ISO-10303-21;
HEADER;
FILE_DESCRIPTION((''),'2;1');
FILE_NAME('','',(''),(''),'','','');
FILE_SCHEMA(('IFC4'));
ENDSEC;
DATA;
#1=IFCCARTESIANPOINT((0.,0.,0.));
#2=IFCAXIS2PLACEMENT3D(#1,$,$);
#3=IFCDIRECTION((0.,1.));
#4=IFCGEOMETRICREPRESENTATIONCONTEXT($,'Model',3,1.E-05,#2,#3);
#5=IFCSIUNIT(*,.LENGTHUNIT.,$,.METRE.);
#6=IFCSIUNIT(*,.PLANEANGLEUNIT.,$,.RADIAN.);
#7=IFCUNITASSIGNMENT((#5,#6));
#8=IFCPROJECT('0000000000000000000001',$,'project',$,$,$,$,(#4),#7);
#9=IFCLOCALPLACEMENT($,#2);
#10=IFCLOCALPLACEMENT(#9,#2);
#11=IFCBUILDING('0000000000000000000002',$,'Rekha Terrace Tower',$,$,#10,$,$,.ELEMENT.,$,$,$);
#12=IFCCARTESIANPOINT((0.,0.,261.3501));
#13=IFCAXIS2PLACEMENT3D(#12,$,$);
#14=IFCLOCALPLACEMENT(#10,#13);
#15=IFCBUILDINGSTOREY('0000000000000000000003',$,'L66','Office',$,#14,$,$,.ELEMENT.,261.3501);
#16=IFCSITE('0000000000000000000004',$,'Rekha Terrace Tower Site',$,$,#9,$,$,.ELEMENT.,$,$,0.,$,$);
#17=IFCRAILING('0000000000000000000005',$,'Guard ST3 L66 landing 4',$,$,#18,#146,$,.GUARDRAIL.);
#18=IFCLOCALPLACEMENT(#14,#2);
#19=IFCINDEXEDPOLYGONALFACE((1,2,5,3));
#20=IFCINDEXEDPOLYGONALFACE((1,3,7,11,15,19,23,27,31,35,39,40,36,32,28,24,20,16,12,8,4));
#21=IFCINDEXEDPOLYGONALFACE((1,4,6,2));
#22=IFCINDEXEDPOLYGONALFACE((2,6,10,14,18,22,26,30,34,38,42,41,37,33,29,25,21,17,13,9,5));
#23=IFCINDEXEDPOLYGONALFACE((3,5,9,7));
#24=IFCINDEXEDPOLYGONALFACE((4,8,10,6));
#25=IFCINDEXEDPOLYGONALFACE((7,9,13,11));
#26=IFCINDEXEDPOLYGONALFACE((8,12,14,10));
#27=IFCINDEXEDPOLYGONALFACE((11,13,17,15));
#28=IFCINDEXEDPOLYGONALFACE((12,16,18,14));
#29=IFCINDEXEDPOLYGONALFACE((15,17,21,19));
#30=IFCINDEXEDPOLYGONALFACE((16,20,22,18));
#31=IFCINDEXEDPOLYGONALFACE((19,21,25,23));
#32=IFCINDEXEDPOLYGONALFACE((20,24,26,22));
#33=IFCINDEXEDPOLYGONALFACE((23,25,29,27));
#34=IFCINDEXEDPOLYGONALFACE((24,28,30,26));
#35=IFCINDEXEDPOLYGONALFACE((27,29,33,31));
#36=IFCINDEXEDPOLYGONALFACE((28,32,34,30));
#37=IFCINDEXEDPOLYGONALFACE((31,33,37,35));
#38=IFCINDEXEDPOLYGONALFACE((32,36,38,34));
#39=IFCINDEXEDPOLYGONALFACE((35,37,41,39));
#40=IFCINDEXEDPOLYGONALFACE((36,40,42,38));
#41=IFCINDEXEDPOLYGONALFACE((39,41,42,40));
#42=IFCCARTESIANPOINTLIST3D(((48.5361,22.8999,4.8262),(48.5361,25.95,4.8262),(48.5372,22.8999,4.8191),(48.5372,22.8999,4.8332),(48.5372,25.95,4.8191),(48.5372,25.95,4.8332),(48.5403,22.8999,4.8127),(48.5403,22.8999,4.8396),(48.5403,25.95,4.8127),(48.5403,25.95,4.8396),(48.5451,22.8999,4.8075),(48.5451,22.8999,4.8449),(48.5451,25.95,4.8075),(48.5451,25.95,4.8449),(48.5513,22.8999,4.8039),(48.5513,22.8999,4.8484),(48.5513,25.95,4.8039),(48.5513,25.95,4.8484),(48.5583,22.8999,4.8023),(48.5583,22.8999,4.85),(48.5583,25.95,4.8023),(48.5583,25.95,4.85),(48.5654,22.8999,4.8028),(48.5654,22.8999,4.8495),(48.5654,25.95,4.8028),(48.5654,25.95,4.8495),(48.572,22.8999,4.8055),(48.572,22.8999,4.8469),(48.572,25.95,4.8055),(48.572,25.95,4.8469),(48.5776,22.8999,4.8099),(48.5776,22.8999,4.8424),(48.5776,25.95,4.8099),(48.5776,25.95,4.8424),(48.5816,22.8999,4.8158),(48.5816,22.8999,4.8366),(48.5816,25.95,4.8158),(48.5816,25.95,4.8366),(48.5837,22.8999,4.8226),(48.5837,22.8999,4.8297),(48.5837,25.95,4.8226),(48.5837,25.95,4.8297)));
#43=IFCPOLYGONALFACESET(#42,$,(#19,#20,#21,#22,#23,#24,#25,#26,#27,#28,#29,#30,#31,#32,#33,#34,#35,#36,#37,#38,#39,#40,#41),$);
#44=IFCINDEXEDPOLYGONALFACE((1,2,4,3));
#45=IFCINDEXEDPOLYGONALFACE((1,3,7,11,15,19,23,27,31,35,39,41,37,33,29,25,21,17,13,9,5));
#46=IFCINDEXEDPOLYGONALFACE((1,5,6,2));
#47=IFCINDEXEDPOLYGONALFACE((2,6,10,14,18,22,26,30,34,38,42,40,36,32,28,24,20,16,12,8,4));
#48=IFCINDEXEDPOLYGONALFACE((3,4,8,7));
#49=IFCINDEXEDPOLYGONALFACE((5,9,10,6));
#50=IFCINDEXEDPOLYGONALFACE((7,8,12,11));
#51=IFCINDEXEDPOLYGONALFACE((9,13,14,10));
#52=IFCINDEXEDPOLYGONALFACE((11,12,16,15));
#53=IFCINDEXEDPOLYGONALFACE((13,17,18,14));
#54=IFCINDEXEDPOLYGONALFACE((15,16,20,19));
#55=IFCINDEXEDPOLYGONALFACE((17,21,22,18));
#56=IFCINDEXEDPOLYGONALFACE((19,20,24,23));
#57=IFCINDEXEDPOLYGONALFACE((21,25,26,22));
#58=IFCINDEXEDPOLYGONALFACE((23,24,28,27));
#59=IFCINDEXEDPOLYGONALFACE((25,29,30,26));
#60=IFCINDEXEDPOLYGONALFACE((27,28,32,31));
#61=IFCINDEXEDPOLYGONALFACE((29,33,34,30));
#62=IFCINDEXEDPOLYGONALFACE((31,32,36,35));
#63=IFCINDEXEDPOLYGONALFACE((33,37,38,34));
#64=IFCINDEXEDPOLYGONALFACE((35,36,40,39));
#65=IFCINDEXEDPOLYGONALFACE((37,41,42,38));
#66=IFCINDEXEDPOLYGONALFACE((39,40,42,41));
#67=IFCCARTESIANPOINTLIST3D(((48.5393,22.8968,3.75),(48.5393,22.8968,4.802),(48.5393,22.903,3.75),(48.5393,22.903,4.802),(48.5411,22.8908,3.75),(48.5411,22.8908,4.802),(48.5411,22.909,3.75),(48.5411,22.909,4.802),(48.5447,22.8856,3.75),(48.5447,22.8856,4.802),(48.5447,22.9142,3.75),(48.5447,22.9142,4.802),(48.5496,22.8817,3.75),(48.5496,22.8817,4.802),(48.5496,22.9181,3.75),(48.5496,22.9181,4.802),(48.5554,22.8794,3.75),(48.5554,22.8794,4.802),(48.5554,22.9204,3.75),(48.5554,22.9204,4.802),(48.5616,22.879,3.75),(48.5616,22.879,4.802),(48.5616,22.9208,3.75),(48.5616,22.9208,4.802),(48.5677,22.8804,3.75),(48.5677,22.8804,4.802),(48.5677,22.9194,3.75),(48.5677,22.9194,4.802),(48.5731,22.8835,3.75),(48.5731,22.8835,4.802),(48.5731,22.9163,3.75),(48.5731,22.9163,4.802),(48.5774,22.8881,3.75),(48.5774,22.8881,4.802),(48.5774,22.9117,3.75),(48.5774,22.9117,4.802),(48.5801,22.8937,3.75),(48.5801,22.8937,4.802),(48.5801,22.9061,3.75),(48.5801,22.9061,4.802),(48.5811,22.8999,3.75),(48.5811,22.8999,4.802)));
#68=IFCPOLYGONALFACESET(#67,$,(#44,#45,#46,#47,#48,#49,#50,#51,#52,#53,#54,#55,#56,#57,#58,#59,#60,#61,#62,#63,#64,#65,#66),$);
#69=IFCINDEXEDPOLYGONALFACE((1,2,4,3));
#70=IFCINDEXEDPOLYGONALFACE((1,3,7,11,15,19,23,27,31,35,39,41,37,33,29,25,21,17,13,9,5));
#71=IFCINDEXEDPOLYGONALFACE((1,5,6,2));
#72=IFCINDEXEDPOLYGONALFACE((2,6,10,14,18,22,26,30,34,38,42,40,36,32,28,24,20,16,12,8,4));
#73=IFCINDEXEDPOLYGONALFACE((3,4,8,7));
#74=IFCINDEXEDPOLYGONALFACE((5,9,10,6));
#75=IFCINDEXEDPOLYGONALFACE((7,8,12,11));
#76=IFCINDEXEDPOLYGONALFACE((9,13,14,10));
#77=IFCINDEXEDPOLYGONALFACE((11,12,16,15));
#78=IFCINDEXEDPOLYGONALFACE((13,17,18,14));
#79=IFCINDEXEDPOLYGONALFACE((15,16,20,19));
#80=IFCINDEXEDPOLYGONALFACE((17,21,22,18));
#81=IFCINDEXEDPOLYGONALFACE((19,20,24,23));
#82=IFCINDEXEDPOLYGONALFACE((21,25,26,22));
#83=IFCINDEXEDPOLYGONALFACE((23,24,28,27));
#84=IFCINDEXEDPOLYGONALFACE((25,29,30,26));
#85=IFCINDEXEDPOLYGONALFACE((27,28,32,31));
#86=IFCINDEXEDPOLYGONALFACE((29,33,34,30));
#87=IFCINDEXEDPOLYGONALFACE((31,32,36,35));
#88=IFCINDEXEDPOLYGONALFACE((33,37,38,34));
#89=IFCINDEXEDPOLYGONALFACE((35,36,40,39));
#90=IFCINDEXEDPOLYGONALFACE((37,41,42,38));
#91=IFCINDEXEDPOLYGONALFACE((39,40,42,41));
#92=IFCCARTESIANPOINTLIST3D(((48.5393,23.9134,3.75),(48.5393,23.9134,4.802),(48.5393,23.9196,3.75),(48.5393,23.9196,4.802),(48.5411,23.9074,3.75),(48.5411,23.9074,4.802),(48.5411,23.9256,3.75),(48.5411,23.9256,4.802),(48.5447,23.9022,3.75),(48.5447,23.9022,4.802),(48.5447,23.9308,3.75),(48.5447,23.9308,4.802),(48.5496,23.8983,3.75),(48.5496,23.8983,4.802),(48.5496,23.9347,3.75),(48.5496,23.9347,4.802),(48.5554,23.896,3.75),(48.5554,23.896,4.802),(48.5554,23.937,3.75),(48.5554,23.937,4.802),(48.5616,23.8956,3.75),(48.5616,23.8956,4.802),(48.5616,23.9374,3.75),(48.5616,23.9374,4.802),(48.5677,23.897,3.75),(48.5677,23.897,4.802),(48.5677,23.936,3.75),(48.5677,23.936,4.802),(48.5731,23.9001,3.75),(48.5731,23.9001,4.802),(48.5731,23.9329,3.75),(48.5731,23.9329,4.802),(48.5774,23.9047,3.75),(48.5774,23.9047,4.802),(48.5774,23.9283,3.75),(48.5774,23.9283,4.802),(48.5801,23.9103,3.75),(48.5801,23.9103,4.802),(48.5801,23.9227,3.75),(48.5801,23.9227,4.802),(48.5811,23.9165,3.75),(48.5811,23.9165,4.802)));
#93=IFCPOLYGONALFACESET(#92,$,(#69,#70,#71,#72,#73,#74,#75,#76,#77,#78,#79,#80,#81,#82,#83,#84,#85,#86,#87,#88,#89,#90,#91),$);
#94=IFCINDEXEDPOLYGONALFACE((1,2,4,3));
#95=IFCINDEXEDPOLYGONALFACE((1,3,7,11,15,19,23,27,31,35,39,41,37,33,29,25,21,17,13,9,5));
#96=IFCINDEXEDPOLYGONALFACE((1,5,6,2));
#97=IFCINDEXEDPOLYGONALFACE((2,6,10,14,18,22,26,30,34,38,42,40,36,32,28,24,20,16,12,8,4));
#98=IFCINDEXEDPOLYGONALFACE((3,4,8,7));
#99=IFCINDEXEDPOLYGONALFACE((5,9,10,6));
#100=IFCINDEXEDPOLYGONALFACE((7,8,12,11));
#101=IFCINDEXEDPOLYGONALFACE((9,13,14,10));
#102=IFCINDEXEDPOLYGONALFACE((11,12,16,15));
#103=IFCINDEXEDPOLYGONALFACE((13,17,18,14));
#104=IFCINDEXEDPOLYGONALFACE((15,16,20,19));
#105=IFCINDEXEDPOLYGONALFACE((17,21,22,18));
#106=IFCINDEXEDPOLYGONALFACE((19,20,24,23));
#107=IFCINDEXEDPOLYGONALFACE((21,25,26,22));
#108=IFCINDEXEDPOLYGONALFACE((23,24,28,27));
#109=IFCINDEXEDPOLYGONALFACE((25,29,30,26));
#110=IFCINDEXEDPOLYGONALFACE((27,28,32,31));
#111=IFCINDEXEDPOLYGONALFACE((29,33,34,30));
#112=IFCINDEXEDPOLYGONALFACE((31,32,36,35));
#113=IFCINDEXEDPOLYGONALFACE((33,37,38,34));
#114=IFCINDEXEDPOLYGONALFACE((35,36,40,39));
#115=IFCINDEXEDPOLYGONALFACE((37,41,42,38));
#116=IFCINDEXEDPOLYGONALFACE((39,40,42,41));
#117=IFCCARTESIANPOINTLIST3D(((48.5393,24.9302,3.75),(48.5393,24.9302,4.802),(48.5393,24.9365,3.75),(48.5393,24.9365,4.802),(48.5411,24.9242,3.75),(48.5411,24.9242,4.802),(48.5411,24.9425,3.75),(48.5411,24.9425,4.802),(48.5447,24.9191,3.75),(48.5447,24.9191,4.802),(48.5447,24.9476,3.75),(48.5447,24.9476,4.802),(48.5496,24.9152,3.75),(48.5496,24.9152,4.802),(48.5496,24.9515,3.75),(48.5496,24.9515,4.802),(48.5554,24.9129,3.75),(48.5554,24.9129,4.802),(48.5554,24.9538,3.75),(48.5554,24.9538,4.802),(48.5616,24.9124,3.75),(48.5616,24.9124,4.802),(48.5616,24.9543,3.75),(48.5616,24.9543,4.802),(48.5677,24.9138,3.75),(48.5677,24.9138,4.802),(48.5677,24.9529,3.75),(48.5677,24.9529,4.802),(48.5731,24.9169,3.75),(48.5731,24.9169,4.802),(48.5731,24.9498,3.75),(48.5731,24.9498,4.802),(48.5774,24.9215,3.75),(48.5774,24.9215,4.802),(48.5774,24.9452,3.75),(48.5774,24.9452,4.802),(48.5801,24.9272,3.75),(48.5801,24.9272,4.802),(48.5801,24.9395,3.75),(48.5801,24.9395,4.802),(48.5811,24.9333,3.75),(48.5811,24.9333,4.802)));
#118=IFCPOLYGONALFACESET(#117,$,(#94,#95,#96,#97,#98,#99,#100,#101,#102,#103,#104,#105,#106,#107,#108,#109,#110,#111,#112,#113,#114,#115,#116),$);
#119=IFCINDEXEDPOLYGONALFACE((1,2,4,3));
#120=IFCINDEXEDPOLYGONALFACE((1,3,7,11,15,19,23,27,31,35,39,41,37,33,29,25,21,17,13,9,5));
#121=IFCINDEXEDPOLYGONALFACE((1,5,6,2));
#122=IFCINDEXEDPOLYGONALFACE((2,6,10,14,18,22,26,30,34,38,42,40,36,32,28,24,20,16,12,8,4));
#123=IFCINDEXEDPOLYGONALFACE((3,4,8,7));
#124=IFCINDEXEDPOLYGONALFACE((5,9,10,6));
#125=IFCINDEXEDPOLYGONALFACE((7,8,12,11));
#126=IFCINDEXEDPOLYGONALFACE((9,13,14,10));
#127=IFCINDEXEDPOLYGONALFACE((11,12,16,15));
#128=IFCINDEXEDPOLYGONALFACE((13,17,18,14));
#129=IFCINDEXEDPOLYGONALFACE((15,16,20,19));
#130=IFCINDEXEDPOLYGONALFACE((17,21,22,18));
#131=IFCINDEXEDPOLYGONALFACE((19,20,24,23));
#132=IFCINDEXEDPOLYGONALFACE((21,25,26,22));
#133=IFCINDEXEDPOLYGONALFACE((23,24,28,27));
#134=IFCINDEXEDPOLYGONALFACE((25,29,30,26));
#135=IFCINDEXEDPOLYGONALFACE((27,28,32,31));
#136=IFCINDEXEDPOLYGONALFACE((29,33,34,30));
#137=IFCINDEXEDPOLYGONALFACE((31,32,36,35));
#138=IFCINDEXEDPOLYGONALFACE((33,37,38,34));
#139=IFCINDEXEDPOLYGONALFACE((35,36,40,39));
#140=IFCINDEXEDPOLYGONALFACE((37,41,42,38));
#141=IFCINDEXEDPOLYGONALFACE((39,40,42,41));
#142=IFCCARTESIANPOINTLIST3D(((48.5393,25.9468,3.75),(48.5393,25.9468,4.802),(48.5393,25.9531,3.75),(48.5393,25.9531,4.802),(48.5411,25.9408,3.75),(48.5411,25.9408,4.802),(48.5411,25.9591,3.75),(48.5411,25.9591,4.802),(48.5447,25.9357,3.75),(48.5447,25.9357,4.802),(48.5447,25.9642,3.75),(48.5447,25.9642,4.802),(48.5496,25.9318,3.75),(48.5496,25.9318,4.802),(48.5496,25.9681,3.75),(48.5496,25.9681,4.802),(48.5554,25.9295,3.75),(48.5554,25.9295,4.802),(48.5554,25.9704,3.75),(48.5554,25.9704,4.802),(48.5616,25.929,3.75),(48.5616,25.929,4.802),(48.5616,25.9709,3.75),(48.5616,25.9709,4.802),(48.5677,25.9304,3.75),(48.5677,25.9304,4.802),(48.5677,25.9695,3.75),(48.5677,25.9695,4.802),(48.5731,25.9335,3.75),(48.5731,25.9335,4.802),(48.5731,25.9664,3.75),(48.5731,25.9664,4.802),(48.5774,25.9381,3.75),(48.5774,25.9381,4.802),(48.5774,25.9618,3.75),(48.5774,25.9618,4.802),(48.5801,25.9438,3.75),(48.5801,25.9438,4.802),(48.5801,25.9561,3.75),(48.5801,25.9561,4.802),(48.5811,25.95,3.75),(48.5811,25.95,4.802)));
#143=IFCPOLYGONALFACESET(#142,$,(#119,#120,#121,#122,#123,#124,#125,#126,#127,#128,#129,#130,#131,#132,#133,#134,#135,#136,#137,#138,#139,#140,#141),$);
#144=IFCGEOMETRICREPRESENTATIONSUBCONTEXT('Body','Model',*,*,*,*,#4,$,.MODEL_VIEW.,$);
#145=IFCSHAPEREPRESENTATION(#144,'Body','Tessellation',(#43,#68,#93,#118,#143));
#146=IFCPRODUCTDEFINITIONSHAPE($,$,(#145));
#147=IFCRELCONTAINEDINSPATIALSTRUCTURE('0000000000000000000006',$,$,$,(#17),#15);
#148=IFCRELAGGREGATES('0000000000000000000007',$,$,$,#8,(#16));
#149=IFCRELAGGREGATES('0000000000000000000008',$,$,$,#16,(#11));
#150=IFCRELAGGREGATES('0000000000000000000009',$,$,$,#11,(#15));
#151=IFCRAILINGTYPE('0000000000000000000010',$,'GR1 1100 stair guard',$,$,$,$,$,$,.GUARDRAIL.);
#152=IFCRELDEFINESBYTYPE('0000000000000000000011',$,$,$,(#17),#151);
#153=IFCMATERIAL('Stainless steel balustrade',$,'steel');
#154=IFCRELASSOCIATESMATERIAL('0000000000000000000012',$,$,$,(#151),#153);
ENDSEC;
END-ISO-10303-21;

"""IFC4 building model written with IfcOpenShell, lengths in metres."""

from ifc_helpers import new_model, si_unit, direction, frame, origin, origin_2d, place, context, subcontext, project, spatial, circle, extrude, material, type_object, element, save


model = new_model("IFC4")

# Units and contexts
model_context = context("Model", 3, precision=1e-05, world=origin(), true_north=direction((0.0, 1.0)))
body_context = subcontext(model_context, "Body", "Model", "MODEL_VIEW")
ifc_project = project(units=[si_unit("LENGTHUNIT", "METRE"), si_unit("PLANEANGLEUNIT", "RADIAN")], contexts=[model_context])

# Site, building, storey
site_placement = place(None, origin())
site = spatial("IfcSite", under=ifc_project, at=site_placement, Name="Rekha Terrace Tower Site", CompositionType="ELEMENT", RefElevation=0.0)
building_placement = place(site_placement, origin())
building = spatial("IfcBuilding", under=site, at=building_placement, Name="Rekha Terrace Tower", CompositionType="ELEMENT")
storey_placement = place(building_placement, frame((0.0, 0.0, 261.3501)))
storey = spatial("IfcBuildingStorey", under=building, at=storey_placement, Name="L66", Description="Office", CompositionType="ELEMENT", Elevation=261.3501)

# Railing
ifc_material_1 = material(Name="Stainless steel balustrade", Category="steel")
railing_type_1 = type_object("IfcRailingType", Name="GR1 1100 stair guard", PredefinedType="GUARDRAIL", material=ifc_material_1)
railing_1_placement = place(storey_placement, frame((48.5601, 22.8999, 3.75)))
element("IfcRailing", 1, at=railing_1_placement, inside=storey, type_object=railing_type_1, Name="Guard ST3 L66 landing 4", PredefinedType="GUARDRAIL", context=body_context, shape_type="SweptSolid", body=[
    extrude(circle(Radius=0.0239, at=origin_2d()), frame((0.0, 0.0, 1.0762), z_axis=(0.0, 1.0, 0.0), x_axis=(-1.0, 0.0, 0.0)), (0.0, 0.0, 1.0), 3.05),
    extrude(circle(Radius=0.021, at=origin_2d()), origin(), (0.0, 0.0, 1.0), 1.052),
    extrude(circle(Radius=0.021, at=origin_2d()), frame((0.0, 1.0166, 0.0)), (0.0, 0.0, 1.0), 1.052),
    extrude(circle(Radius=0.021, at=origin_2d()), frame((0.0, 2.0334, 0.0)), (0.0, 0.0, 1.0), 1.052),
    extrude(circle(Radius=0.021, at=origin_2d()), frame((0.0, 3.05, 0.0)), (0.0, 0.0, 1.0), 1.052),
])

save(model, "model.ifc")
